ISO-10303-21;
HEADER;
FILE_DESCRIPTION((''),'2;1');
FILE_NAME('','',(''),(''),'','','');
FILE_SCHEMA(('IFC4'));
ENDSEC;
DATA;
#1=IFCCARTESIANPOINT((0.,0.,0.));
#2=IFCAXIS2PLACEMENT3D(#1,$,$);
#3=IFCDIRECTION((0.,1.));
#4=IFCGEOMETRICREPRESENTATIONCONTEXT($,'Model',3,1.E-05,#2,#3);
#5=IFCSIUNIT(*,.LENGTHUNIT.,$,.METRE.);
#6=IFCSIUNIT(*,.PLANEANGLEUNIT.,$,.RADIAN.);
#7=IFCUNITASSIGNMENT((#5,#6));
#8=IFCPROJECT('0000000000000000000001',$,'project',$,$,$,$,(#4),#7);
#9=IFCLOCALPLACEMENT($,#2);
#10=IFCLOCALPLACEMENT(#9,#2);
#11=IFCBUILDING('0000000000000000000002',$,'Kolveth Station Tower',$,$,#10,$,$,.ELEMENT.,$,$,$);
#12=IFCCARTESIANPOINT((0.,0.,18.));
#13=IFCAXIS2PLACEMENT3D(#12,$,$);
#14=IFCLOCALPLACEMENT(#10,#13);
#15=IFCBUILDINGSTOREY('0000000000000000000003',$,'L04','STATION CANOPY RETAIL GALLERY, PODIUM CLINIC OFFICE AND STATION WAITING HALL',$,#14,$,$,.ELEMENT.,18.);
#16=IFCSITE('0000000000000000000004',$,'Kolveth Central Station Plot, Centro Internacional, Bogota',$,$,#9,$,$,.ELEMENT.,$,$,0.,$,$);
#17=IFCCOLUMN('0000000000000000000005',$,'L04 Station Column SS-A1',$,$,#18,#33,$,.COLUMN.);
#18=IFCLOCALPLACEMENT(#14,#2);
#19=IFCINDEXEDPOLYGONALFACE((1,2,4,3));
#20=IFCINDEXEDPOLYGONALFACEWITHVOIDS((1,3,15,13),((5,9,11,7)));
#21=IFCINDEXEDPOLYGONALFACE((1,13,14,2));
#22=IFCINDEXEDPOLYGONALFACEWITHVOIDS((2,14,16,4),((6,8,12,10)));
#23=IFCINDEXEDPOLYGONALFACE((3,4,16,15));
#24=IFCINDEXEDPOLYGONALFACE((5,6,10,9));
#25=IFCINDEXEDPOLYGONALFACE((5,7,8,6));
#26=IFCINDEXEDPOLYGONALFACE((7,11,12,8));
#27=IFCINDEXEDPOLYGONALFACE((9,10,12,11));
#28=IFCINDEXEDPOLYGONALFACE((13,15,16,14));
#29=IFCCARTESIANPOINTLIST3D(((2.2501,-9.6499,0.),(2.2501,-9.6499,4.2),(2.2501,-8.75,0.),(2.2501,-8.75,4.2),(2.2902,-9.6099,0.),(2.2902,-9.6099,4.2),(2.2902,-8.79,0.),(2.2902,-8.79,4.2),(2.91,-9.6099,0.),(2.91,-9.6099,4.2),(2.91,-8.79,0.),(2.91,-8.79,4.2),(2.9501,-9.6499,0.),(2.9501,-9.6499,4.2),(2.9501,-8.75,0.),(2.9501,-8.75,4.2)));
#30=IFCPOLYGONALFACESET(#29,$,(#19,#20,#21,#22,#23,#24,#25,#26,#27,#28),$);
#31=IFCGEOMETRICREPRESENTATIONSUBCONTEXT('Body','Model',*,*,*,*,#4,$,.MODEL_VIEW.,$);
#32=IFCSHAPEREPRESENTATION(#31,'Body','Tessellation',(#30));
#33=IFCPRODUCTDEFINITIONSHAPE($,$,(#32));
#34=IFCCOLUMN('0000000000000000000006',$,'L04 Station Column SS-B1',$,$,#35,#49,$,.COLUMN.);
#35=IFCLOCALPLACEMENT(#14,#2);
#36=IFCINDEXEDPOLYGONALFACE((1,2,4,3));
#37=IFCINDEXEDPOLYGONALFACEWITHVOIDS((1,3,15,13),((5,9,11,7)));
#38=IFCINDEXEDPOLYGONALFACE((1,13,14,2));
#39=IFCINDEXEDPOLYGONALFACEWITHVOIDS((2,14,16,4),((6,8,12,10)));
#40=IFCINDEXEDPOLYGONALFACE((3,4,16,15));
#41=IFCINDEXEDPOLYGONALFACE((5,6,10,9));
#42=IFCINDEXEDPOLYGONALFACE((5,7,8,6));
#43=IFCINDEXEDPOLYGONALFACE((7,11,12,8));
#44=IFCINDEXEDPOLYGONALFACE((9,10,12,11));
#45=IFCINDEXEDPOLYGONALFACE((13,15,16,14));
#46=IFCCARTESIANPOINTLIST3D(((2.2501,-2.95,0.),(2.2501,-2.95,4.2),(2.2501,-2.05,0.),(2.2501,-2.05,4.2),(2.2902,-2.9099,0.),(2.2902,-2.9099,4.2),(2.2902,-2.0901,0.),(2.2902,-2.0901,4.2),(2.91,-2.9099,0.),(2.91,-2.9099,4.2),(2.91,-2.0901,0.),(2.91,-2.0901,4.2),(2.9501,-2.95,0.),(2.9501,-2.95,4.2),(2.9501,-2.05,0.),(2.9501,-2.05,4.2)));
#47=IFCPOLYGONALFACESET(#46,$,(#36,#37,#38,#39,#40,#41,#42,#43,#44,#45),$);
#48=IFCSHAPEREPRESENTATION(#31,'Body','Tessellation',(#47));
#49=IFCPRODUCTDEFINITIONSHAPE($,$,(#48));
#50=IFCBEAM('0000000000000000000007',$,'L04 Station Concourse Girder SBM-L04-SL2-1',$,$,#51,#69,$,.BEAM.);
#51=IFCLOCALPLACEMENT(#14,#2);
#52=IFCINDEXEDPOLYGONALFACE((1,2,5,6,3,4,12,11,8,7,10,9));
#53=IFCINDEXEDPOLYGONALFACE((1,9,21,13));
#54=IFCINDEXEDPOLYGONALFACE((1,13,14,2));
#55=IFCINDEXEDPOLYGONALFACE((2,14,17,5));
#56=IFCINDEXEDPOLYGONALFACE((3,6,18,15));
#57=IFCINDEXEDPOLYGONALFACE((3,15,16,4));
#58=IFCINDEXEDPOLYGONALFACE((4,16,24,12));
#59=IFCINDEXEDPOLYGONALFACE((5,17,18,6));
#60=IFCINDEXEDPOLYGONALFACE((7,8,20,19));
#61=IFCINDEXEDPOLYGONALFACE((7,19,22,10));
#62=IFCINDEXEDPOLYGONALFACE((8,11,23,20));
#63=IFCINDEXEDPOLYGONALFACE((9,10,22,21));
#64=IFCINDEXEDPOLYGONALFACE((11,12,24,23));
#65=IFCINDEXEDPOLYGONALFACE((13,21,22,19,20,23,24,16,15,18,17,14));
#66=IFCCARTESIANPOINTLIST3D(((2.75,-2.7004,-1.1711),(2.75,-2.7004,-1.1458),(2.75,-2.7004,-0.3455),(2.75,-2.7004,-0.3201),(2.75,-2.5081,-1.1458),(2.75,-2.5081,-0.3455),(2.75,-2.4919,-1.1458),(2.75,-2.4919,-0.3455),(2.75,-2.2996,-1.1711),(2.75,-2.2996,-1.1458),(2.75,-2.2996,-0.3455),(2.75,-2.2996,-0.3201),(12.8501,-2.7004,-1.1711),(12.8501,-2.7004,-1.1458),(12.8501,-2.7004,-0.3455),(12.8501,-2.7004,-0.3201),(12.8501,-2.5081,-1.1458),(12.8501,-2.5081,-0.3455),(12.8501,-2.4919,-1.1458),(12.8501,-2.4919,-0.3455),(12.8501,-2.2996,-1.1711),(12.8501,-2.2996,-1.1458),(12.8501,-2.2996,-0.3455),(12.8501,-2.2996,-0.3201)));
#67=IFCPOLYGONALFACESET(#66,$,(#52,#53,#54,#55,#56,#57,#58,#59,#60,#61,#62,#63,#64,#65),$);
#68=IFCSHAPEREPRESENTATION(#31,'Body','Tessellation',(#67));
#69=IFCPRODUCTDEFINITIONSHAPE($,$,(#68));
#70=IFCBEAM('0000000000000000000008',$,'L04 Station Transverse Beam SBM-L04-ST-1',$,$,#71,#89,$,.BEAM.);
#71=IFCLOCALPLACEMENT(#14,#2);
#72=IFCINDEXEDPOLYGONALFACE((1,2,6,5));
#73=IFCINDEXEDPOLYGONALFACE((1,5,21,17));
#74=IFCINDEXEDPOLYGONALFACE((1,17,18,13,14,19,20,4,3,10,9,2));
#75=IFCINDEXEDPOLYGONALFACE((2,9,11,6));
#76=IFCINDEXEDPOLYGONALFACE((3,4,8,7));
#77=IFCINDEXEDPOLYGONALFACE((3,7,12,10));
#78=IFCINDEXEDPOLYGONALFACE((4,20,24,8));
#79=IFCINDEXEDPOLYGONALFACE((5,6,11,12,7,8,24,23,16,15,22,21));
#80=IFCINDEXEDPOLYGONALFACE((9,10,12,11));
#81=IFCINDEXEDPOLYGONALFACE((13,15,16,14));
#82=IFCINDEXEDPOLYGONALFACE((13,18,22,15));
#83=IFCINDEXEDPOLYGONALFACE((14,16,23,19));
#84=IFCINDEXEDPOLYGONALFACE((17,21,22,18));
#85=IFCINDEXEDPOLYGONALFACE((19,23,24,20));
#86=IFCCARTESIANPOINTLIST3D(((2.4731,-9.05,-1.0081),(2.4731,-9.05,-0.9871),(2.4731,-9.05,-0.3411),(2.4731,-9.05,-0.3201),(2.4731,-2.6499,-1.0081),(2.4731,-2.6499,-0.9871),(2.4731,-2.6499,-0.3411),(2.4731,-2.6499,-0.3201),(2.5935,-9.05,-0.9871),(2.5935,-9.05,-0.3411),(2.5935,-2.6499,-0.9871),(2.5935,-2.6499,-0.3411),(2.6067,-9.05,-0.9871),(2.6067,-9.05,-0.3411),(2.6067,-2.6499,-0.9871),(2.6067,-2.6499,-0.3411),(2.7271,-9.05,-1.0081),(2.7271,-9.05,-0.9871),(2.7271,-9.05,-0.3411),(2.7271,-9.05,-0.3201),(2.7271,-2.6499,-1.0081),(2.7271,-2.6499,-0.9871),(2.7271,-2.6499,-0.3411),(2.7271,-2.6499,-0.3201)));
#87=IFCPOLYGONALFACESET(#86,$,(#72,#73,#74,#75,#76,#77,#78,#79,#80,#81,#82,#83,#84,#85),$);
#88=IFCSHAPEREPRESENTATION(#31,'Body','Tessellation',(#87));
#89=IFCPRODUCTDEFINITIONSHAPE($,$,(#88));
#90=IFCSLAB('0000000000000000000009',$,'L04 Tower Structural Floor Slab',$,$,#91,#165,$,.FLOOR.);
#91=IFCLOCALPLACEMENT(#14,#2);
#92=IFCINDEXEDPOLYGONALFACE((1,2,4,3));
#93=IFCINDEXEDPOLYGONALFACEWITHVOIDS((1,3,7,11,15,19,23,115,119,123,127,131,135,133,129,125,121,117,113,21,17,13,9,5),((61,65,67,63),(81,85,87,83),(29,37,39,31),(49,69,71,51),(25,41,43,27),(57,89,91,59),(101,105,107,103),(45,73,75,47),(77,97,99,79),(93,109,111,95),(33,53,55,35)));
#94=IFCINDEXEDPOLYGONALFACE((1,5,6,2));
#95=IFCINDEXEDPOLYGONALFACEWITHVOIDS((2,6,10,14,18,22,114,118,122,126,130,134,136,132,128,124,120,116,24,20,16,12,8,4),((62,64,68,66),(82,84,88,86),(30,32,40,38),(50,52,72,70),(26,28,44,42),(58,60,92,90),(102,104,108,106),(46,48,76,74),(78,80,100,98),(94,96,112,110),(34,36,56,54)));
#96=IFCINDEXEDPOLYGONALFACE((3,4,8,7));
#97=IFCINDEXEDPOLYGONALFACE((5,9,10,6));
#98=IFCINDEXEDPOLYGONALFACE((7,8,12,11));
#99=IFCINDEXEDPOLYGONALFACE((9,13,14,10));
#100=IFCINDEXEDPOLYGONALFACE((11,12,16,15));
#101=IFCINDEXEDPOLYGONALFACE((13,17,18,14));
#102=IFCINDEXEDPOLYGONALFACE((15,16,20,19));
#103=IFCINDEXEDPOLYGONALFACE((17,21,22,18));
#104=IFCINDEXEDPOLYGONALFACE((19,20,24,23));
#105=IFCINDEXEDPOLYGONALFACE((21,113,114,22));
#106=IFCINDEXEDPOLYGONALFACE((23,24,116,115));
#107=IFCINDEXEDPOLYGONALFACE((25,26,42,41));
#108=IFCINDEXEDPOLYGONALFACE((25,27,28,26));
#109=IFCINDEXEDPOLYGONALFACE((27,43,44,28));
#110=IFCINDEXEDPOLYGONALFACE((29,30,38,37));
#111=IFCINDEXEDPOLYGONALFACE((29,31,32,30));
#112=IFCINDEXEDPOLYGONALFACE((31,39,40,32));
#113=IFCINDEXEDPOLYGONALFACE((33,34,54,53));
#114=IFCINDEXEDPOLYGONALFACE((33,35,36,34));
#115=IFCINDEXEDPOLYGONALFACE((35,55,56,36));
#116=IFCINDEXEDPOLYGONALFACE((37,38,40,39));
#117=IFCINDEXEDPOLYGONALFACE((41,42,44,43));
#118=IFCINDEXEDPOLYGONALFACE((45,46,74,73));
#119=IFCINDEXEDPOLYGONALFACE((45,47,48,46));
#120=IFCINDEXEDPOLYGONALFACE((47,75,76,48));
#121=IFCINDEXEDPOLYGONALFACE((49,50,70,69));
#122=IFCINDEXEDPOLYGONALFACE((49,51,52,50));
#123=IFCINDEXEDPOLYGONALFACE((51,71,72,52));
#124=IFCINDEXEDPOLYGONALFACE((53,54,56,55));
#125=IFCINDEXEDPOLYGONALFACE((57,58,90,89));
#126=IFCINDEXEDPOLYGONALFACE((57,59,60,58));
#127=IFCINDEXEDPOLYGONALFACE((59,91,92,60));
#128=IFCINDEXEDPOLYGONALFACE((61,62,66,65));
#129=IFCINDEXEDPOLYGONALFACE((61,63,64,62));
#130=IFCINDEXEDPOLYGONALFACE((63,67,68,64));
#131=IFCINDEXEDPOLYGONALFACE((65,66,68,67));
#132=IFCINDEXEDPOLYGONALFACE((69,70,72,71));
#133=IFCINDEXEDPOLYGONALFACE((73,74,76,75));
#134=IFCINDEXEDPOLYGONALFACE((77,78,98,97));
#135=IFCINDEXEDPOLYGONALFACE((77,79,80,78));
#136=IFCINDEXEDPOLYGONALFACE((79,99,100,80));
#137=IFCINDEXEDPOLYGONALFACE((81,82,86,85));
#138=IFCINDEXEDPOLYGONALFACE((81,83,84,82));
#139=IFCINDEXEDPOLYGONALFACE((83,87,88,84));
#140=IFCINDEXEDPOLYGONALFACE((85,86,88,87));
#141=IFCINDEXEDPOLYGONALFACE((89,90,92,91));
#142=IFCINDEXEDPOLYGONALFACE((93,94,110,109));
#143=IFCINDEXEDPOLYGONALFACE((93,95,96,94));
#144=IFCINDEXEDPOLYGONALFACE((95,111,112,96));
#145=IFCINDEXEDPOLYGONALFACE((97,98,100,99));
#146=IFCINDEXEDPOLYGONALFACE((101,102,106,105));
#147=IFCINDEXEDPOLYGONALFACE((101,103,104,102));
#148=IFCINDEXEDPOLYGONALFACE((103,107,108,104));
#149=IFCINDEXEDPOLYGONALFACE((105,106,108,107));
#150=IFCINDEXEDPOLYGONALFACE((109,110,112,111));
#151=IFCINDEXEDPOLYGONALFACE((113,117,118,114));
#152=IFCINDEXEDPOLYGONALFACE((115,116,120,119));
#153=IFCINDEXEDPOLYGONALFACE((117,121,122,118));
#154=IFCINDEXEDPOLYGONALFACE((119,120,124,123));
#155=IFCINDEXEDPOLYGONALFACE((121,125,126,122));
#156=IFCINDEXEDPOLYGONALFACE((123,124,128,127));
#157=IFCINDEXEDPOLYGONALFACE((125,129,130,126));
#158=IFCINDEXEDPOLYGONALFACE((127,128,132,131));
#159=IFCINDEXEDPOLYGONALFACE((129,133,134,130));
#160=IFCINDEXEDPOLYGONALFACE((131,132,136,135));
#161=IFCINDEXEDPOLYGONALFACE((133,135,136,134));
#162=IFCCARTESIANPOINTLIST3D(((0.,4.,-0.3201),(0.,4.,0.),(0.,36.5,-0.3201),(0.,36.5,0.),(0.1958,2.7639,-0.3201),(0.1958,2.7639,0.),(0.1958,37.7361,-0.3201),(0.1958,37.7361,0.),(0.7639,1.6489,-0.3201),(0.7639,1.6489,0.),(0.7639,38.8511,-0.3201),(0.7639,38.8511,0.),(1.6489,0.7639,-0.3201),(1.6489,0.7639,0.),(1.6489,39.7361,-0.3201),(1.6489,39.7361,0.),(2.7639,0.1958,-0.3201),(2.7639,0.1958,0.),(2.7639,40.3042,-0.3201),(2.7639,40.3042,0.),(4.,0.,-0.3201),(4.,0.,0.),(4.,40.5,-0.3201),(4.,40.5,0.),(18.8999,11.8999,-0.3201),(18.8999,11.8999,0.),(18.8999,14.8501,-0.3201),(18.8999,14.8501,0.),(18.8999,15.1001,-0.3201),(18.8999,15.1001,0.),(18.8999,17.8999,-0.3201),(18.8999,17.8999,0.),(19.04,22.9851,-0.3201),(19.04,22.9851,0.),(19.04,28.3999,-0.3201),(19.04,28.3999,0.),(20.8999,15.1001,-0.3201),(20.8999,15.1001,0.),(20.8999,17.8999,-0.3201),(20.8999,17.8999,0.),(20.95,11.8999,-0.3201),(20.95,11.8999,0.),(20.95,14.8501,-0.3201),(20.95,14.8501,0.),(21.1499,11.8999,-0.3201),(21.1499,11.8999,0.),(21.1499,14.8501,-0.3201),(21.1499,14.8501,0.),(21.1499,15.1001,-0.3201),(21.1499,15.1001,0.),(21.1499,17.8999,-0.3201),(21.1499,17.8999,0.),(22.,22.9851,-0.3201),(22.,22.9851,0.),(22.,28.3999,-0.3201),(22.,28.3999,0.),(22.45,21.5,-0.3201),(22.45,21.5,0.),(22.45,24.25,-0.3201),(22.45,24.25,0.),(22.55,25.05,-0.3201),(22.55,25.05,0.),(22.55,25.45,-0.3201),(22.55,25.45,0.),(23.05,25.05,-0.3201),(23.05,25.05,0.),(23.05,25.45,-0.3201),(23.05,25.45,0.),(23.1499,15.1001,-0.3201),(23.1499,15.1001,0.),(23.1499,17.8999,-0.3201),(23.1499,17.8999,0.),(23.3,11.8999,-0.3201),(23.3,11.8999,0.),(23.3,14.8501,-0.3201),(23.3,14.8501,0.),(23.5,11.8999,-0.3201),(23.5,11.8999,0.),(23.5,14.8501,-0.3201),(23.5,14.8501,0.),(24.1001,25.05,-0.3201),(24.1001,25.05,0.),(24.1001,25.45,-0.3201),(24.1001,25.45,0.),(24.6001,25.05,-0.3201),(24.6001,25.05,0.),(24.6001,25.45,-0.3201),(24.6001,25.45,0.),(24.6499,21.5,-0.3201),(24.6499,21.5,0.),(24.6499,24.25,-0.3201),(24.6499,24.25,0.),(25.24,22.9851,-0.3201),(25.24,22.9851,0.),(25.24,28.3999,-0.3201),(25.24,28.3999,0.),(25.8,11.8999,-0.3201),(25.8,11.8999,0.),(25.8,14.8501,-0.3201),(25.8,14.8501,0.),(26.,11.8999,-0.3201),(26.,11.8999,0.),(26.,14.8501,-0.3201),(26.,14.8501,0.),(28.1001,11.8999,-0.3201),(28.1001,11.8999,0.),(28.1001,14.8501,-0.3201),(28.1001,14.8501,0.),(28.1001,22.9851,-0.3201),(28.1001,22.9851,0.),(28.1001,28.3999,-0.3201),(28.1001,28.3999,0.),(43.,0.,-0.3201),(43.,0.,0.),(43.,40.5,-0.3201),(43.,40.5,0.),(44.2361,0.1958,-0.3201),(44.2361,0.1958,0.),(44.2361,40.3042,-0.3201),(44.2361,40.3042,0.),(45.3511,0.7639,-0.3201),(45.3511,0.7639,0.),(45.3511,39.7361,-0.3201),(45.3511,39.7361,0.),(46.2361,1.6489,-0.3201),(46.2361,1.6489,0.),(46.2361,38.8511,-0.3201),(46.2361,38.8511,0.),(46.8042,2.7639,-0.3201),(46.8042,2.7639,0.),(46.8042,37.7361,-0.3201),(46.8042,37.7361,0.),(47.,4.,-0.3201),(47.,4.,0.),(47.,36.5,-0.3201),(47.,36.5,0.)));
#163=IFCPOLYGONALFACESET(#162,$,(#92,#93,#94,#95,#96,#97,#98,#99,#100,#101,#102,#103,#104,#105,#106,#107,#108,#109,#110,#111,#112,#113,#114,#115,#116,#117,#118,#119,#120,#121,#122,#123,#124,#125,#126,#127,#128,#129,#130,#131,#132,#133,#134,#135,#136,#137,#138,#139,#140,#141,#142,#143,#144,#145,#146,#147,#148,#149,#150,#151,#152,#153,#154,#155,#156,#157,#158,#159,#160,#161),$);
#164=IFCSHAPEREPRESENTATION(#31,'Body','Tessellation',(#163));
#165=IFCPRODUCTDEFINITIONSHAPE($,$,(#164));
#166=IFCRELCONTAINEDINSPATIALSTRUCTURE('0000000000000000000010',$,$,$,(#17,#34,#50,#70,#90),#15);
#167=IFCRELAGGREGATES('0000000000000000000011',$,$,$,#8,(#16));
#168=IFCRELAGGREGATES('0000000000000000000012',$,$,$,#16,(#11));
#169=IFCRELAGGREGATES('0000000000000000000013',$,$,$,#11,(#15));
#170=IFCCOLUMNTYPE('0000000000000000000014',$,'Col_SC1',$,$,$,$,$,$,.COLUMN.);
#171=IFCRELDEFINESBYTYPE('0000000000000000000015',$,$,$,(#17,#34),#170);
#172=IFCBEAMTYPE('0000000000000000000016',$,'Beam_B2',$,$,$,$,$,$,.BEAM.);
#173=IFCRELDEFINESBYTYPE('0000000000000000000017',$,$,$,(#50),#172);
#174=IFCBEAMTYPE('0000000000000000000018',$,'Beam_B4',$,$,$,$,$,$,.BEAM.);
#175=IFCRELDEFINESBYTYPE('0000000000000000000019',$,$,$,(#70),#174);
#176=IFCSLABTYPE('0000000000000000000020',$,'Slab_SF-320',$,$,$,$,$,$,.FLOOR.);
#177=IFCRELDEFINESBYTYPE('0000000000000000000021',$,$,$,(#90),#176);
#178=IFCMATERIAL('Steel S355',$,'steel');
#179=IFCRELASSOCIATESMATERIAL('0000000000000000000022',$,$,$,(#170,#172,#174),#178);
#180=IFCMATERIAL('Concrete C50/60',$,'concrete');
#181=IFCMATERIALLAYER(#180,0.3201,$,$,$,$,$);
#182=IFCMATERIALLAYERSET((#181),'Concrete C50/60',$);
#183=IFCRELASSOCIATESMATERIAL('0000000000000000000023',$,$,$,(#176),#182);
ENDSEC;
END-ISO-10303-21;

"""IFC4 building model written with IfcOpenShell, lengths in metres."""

from ifc_helpers import new_model, si_unit, direction, frame, origin, origin_2d, place, context, subcontext, project, spatial, polyline, hollow_rectangle, i_section, outline, extrude, source, transform, mapped, material, layer, layer_set, material_profile, profile_set, type_object, element, save


model = new_model("IFC4")

# Units and contexts
model_context = context("Model", 3, precision=1e-05, world=origin(), true_north=direction((0.0, 1.0)))
body_context = subcontext(model_context, "Body", "Model", "MODEL_VIEW")
ifc_project = project(units=[si_unit("LENGTHUNIT", "METRE"), si_unit("PLANEANGLEUNIT", "RADIAN")], contexts=[model_context])

# Site, building, storey
site_placement = place(None, origin())
site = spatial("IfcSite", under=ifc_project, at=site_placement, Name="Kolveth Central Station Plot, Centro Internacional, Bogota", CompositionType="ELEMENT", RefElevation=0.0)
building_placement = place(site_placement, origin())
building = spatial("IfcBuilding", under=site, at=building_placement, Name="Kolveth Station Tower", CompositionType="ELEMENT")
storey_placement = place(building_placement, frame((0.0, 0.0, 18.0)))
storey = spatial("IfcBuildingStorey", under=building, at=storey_placement, Name="L04", Description="STATION CANOPY RETAIL GALLERY, PODIUM CLINIC OFFICE AND STATION WAITING HALL", CompositionType="ELEMENT", Elevation=18.0)

# Columns
ifc_material_1 = material(Name="Steel S355", Category="steel")
ifc_material_profile_1 = material_profile(ifc_material_1, hollow_rectangle(XDim=0.7, YDim=0.8999, WallThickness=0.04, at=origin_2d()), Name="BOX900x700x40")
ifc_profile_set_1 = profile_set([ifc_material_profile_1], Name="Steel S355")
column_type = type_object("IfcColumnType", Name="Col_SC1", PredefinedType="COLUMN", material=ifc_profile_set_1)
shared_shape_1 = source(origin(), body_context, "Body", "SweptSolid", [
    extrude(hollow_rectangle(XDim=0.7, YDim=0.8999, WallThickness=0.04, at=origin_2d()), origin(), (0.0, 0.0, 1.0), 4.2),
])
for number, where, z_axis, x_axis, name in (
    (1, (2.6001, -9.2, 0.0), (0.0, 0.0, 1.0), (1.0, 0.0, 0.0), "L04 Station Column SS-A1"),
    (2, (2.6001, -2.5, 0.0), (0.0, 0.0, 1.0), (1.0, 0.0, 0.0), "L04 Station Column SS-B1"),
):
    element("IfcColumn", number, at=place(storey_placement, frame(where, z_axis=z_axis, x_axis=x_axis)), inside=storey, type_object=column_type, Name=name, PredefinedType="COLUMN", context=body_context, shape_type="MappedRepresentation", body=[
        mapped(shared_shape_1, transform((0.0, 0.0, 0.0), x_axis=(1.0, 0.0, 0.0), y_axis=(0.0, 1.0, 0.0), z_axis=(0.0, 0.0, 1.0), scale=1.0)),
    ])

# Beams
ifc_material_profile_2 = material_profile(ifc_material_1, i_section(OverallWidth=0.4009, OverallDepth=0.8511, WebThickness=0.0161, FlangeThickness=0.0254, at=origin_2d()), Name="W840x226")
ifc_profile_set_2 = profile_set([ifc_material_profile_2], Name="Steel S355")
beam_type_1 = type_object("IfcBeamType", Name="Beam_B2", PredefinedType="BEAM", material=ifc_profile_set_2)
shared_shape_2 = source(origin(), body_context, "Body", "SweptSolid", [
    extrude(i_section(OverallWidth=0.4009, OverallDepth=0.8511, WebThickness=0.0161, FlangeThickness=0.0254, at=origin_2d()), origin(), (0.0, 0.0, 1.0), 10.1001),
])
beam_1_placement = place(storey_placement, frame((2.75, -2.5, -0.7456), z_axis=(1.0, 0.0, 0.0), x_axis=(0.0, 1.0, 0.0)))
element("IfcBeam", 3, at=beam_1_placement, inside=storey, type_object=beam_type_1, Name="L04 Station Concourse Girder SBM-L04-SL2-1", PredefinedType="BEAM", context=body_context, shape_type="MappedRepresentation", body=[
    mapped(shared_shape_2, transform((0.0, 0.0, 0.0), x_axis=(1.0, 0.0, 0.0), y_axis=(0.0, 1.0, 0.0), z_axis=(0.0, 0.0, 1.0), scale=1.0)),
])
ifc_material_profile_3 = material_profile(ifc_material_1, i_section(OverallWidth=0.2539, OverallDepth=0.688, WebThickness=0.0132, FlangeThickness=0.021, at=origin_2d()), Name="W690x152")
ifc_profile_set_3 = profile_set([ifc_material_profile_3], Name="Steel S355")
beam_type_2 = type_object("IfcBeamType", Name="Beam_B4", PredefinedType="BEAM", material=ifc_profile_set_3)
shared_shape_3 = source(origin(), body_context, "Body", "SweptSolid", [
    extrude(i_section(OverallWidth=0.2539, OverallDepth=0.688, WebThickness=0.0132, FlangeThickness=0.021, at=origin_2d()), origin(), (0.0, 0.0, 1.0), 6.4001),
])
beam_2_placement = place(storey_placement, frame((2.6001, -9.05, -0.6641), z_axis=(0.0, 1.0, 0.0), x_axis=(-1.0, 0.0, 0.0)))
element("IfcBeam", 4, at=beam_2_placement, inside=storey, type_object=beam_type_2, Name="L04 Station Transverse Beam SBM-L04-ST-1", PredefinedType="BEAM", context=body_context, shape_type="MappedRepresentation", body=[
    mapped(shared_shape_3, transform((0.0, 0.0, 0.0), x_axis=(1.0, 0.0, 0.0), y_axis=(0.0, 1.0, 0.0), z_axis=(0.0, 0.0, 1.0), scale=1.0)),
])

# Slab
ifc_material_2 = material(Name="Concrete C50/60", Category="concrete")
ifc_layer_1 = layer(ifc_material_2, 0.3201)
ifc_layer_set_1 = layer_set([ifc_layer_1], Name="Concrete C50/60")
slab_type_1 = type_object("IfcSlabType", Name="Slab_SF-320", PredefinedType="FLOOR", material=ifc_layer_set_1)
slab_1_placement = place(storey_placement, frame((0.0, 0.0, -0.3201)))
element("IfcSlab", 5, at=slab_1_placement, inside=storey, type_object=slab_type_1, Name="L04 Tower Structural Floor Slab", PredefinedType="FLOOR", context=body_context, shape_type="SweptSolid", body=[
    extrude(outline(polyline([(43.0, 0.0), (44.2361, 0.1958), (45.3511, 0.7639), (46.2361, 1.6489), (46.8042, 2.7639), (47.0, 4.0), (47.0, 36.5), (46.8042, 37.7361), (46.2361, 38.8511), (45.3511, 39.7361), (44.2361, 40.3042), (43.0, 40.5), (4.0, 40.5), (2.7639, 40.3042), (1.6489, 39.7361), (0.7639, 38.8511), (0.1958, 37.7361), (0.0, 36.5), (0.0, 4.0), (0.1958, 2.7639), (0.7639, 1.6489), (1.6489, 0.7639), (2.7639, 0.1958), (4.0, 0.0), (43.0, 0.0)]), holes=[polyline([(19.04, 22.9851), (22.0, 22.9851), (22.0, 28.3999), (19.04, 28.3999), (19.04, 22.9851)]), polyline([(25.24, 22.9851), (28.1001, 22.9851), (28.1001, 28.3999), (25.24, 28.3999), (25.24, 22.9851)]), polyline([(18.8999, 15.1001), (20.8999, 15.1001), (20.8999, 17.8999), (18.8999, 17.8999), (18.8999, 15.1001)]), polyline([(21.1499, 15.1001), (23.1499, 15.1001), (23.1499, 17.8999), (21.1499, 17.8999), (21.1499, 15.1001)]), polyline([(22.45, 21.5), (24.6499, 21.5), (24.6499, 24.25), (22.45, 24.25), (22.45, 21.5)]), polyline([(18.8999, 11.8999), (20.95, 11.8999), (20.95, 14.8501), (18.8999, 14.8501), (18.8999, 11.8999)]), polyline([(21.1499, 11.8999), (23.3, 11.8999), (23.3, 14.8501), (21.1499, 14.8501), (21.1499, 11.8999)]), polyline([(23.5, 11.8999), (25.8, 11.8999), (25.8, 14.8501), (23.5, 14.8501), (23.5, 11.8999)]), polyline([(26.0, 11.8999), (28.1001, 11.8999), (28.1001, 14.8501), (26.0, 14.8501), (26.0, 11.8999)]), polyline([(22.55, 25.05), (23.05, 25.05), (23.05, 25.45), (22.55, 25.45), (22.55, 25.05)]), polyline([(24.1001, 25.05), (24.6001, 25.05), (24.6001, 25.45), (24.1001, 25.45), (24.1001, 25.05)])]), origin(), (0.0, 0.0, 1.0), 0.3201),
])

save(model, "model.ifc")
